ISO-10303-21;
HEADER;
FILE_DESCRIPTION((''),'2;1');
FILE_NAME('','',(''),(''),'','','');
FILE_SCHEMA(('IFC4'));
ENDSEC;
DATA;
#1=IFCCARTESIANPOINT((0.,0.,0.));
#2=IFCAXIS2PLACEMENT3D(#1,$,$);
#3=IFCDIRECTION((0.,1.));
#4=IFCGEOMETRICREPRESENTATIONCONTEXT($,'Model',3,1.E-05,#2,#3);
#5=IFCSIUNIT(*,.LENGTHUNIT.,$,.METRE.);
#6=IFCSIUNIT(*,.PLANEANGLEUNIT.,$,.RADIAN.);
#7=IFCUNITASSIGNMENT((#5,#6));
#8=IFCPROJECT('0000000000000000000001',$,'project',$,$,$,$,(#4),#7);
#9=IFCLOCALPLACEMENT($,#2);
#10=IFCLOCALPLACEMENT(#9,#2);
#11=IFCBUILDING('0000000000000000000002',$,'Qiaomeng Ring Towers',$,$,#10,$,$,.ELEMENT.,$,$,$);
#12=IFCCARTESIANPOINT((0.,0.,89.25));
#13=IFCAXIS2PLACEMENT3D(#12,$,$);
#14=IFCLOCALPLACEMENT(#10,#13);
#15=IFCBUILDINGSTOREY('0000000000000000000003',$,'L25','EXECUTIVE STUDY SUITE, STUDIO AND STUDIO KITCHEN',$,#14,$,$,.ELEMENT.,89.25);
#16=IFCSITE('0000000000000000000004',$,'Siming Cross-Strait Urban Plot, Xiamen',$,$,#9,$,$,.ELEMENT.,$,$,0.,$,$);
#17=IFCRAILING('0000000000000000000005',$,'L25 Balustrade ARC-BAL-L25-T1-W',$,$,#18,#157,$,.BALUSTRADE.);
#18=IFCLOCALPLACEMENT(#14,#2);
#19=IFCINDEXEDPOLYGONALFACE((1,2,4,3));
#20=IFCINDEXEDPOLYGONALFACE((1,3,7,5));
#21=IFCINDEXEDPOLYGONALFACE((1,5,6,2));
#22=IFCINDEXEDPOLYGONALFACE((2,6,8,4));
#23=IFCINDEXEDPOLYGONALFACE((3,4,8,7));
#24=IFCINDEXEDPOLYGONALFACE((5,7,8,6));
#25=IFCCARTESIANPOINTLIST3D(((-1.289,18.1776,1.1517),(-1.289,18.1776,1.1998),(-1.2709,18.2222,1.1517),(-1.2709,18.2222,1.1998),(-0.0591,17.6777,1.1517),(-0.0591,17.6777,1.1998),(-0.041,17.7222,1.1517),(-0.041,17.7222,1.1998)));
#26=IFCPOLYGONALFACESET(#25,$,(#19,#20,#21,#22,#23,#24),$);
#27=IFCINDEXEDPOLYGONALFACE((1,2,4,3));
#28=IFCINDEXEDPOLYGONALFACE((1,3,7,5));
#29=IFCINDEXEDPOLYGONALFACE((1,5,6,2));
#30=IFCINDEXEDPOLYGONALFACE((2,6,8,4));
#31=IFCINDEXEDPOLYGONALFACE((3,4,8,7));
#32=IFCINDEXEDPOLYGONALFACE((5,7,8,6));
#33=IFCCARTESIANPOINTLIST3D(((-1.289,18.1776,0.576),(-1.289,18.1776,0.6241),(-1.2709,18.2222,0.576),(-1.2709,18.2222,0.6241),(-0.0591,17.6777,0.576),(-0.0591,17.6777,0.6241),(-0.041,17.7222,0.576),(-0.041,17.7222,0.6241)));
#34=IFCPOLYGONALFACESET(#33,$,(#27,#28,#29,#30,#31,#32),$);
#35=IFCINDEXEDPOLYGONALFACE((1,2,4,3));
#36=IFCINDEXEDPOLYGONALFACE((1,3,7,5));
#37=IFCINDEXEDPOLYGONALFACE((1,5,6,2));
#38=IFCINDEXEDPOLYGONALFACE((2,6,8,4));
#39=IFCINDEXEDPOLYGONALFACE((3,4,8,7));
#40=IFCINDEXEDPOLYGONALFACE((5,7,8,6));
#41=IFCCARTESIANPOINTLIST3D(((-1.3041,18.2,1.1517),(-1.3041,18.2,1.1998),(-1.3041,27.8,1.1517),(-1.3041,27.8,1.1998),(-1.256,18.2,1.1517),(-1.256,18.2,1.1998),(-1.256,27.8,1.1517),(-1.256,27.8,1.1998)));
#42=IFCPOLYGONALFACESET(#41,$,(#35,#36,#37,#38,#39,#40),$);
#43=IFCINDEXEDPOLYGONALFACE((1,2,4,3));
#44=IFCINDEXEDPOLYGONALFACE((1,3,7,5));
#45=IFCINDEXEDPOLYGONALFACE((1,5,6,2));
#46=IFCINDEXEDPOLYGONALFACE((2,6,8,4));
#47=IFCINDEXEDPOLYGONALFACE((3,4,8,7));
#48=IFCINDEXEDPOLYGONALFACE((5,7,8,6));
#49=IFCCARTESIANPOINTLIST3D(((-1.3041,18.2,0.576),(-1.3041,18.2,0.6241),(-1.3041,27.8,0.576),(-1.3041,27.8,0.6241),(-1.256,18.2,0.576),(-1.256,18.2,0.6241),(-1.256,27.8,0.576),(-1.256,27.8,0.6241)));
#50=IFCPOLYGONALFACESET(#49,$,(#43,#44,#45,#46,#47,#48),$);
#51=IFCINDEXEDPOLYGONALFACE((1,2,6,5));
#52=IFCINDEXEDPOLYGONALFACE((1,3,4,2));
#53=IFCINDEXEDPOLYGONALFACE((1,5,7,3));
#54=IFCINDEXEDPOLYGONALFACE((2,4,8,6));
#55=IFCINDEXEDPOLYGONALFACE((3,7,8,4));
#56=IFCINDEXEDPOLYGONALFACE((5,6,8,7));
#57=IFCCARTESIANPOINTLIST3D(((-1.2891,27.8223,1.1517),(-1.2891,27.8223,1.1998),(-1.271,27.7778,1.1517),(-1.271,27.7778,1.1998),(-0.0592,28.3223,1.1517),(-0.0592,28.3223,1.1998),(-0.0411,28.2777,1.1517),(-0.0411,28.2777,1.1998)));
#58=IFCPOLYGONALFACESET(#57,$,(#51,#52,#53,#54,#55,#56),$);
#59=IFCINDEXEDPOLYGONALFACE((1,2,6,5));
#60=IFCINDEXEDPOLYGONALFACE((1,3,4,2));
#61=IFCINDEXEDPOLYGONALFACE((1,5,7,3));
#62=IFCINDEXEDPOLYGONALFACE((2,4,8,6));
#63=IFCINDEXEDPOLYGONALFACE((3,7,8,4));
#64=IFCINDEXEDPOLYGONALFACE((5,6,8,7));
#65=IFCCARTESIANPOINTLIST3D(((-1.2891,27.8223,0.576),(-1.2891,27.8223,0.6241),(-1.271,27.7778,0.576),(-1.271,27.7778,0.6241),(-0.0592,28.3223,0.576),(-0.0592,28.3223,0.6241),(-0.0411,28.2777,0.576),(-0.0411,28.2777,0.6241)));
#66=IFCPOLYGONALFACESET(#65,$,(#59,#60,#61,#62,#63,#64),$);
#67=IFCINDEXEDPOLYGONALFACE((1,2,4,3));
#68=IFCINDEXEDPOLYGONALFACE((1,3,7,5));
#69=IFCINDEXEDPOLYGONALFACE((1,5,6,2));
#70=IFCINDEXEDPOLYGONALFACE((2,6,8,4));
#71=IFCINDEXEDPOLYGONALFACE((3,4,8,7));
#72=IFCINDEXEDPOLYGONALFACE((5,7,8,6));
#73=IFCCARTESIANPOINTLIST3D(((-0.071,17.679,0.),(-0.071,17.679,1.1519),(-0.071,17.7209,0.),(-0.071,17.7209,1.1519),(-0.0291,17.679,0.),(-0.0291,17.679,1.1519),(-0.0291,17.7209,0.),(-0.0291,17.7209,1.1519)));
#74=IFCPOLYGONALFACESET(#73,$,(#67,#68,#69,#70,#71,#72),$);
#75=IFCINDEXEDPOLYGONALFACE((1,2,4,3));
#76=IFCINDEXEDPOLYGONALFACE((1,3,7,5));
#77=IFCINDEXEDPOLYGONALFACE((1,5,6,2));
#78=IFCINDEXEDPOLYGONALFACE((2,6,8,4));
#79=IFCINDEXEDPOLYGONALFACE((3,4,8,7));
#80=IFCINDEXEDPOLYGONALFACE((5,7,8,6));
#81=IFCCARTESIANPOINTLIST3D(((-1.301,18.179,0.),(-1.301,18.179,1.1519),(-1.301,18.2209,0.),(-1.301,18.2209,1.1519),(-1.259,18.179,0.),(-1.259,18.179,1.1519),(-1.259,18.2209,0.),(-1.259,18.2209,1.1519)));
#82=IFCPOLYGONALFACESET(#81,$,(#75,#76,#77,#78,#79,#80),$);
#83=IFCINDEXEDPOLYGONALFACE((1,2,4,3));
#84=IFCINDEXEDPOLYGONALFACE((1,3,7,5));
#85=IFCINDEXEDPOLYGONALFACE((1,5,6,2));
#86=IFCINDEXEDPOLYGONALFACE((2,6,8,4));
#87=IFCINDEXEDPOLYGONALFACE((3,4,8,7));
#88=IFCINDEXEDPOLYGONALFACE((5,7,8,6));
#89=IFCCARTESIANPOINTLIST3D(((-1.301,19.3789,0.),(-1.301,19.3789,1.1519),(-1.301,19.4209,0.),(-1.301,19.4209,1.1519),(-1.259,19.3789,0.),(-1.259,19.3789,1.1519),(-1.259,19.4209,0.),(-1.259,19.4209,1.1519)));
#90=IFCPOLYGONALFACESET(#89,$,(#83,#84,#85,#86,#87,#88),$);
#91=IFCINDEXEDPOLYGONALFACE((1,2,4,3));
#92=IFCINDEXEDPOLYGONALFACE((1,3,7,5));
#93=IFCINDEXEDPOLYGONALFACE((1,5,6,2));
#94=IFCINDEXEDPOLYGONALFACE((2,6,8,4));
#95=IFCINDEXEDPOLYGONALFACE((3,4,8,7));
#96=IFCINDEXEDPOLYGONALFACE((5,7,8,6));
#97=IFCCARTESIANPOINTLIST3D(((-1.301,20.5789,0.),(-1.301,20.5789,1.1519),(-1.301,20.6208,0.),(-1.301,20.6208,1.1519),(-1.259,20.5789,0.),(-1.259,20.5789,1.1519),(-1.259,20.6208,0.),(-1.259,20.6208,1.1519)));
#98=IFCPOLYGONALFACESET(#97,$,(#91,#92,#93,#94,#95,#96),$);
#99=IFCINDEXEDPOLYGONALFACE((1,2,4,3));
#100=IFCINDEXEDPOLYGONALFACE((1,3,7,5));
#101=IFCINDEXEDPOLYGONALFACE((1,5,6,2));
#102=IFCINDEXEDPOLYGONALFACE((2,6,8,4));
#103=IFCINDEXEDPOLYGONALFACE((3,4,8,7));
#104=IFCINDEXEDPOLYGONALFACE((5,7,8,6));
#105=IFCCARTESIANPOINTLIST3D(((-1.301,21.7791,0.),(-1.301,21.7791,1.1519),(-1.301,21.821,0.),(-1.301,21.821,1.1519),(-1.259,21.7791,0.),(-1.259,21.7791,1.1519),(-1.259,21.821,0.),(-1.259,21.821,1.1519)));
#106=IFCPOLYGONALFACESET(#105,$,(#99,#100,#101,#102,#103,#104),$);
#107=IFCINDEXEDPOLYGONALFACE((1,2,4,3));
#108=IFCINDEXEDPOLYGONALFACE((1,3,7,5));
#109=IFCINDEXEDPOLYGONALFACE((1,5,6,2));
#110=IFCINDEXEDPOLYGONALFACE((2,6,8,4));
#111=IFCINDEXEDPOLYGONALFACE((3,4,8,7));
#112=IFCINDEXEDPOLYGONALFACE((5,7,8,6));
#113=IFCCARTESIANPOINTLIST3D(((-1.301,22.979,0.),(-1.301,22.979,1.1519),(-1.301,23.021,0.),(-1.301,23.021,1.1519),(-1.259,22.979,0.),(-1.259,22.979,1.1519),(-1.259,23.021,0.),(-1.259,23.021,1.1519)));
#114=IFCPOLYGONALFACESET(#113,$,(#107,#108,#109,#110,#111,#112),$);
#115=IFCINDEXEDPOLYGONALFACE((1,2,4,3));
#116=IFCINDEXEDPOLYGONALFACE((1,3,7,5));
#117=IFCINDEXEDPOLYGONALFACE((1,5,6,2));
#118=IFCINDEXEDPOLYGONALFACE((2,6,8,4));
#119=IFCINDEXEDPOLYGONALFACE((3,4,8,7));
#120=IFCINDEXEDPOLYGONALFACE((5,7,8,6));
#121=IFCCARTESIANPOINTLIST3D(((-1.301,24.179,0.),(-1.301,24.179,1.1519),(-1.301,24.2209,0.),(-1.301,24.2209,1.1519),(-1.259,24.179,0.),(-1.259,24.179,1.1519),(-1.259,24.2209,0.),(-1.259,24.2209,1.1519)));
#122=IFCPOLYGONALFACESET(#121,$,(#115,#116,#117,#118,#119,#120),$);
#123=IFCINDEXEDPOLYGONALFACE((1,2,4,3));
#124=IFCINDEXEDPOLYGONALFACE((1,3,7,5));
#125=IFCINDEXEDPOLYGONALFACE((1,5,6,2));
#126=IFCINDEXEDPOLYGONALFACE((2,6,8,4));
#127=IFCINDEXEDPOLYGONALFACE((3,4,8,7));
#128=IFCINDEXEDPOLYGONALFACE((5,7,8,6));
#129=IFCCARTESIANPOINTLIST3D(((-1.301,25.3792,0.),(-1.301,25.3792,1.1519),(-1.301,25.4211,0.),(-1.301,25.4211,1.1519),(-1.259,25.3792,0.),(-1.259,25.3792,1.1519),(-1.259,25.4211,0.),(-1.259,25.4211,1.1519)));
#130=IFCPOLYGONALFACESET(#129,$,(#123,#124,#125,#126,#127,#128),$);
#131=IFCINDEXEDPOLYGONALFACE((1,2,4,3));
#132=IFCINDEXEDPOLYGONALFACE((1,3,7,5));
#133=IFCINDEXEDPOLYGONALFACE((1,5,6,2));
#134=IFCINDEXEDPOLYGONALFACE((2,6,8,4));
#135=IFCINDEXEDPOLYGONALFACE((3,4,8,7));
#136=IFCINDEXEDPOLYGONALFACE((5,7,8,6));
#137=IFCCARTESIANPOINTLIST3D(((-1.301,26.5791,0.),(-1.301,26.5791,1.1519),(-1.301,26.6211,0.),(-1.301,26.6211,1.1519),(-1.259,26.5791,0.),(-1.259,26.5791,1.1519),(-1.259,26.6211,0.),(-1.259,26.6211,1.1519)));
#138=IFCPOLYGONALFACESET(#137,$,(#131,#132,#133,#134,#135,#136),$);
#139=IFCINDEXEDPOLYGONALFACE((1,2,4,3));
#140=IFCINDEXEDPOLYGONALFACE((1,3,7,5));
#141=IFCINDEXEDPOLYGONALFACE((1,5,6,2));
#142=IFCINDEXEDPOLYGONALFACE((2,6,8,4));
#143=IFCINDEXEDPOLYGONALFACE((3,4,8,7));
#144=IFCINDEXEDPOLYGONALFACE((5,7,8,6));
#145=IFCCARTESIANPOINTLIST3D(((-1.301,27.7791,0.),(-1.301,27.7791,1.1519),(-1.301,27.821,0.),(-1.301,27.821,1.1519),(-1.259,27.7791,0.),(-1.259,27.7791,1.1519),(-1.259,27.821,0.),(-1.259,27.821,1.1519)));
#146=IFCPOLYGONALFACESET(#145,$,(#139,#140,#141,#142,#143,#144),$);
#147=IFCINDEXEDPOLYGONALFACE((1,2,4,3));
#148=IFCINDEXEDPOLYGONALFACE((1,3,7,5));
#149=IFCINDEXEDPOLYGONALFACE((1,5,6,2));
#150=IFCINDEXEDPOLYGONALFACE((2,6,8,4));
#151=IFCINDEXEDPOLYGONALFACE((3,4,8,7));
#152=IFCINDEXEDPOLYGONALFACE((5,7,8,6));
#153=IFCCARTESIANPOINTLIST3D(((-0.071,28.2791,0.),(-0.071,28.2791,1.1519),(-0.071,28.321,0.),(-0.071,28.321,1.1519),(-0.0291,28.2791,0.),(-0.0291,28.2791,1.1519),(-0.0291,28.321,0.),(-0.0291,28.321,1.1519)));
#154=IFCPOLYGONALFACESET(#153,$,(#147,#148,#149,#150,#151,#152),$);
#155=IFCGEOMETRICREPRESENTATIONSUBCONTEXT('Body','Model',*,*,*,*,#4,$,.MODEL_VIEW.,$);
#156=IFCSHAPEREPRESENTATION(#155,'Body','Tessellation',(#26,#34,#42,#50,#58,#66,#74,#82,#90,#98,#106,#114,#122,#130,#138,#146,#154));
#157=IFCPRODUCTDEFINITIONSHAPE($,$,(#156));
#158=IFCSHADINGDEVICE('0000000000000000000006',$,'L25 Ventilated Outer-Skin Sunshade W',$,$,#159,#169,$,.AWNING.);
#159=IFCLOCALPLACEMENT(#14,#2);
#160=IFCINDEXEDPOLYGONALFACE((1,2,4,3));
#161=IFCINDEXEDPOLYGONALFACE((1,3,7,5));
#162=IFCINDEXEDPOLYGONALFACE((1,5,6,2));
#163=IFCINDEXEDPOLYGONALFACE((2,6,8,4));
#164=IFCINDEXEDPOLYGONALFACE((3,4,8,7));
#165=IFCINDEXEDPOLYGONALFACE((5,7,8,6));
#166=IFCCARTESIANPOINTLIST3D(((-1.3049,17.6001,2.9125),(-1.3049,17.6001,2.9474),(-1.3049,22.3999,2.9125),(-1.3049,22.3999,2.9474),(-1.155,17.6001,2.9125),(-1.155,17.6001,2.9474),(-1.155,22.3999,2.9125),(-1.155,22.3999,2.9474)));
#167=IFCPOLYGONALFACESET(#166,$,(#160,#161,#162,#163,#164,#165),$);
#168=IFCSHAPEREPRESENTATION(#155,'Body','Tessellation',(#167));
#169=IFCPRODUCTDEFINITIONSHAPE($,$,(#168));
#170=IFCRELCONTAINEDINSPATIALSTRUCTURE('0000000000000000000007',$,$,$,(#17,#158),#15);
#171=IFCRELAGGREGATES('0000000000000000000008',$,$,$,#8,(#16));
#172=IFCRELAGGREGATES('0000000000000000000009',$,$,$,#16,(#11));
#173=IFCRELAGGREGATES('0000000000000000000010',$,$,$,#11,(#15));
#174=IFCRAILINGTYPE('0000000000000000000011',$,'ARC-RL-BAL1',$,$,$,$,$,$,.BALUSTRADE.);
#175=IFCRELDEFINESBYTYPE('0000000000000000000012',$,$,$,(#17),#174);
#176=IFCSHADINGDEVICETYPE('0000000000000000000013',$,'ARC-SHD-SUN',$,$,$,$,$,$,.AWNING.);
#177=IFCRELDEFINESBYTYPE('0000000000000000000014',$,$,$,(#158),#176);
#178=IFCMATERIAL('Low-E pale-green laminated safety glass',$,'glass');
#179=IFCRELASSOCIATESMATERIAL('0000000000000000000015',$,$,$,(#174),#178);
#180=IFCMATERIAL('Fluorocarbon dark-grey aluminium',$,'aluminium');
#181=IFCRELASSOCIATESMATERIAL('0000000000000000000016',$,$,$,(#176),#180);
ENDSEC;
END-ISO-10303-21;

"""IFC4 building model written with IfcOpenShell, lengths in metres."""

from ifc_helpers import new_model, si_unit, direction, frame, origin, origin_2d, place, context, subcontext, project, spatial, rectangle, extrude, source, transform, mapped, material, material_profile, profile_set, type_object, element, save


model = new_model("IFC4")

# Units and contexts
model_context = context("Model", 3, precision=1e-05, world=origin(), true_north=direction((0.0, 1.0)))
body_context = subcontext(model_context, "Body", "Model", "MODEL_VIEW")
ifc_project = project(units=[si_unit("LENGTHUNIT", "METRE"), si_unit("PLANEANGLEUNIT", "RADIAN")], contexts=[model_context])

# Site, building, storey
site_placement = place(None, origin())
site = spatial("IfcSite", under=ifc_project, at=site_placement, Name="Siming Cross-Strait Urban Plot, Xiamen", CompositionType="ELEMENT", RefElevation=0.0)
building_placement = place(site_placement, origin())
building = spatial("IfcBuilding", under=site, at=building_placement, Name="Qiaomeng Ring Towers", CompositionType="ELEMENT")
storey_placement = place(building_placement, frame((0.0, 0.0, 89.25)))
storey = spatial("IfcBuildingStorey", under=building, at=storey_placement, Name="L25", Description="EXECUTIVE STUDY SUITE, STUDIO AND STUDIO KITCHEN", CompositionType="ELEMENT", Elevation=89.25)

# Shared definitions
ifc_material_1 = material(Name="Fluorocarbon dark-grey aluminium", Category="aluminium")

# Railing
ifc_material_2 = material(Name="Low-E pale-green laminated safety glass", Category="glass")
railing_type = type_object("IfcRailingType", Name="ARC-RL-BAL1", PredefinedType="BALUSTRADE", material=ifc_material_2)
railing_1_placement = place(storey_placement, frame((-0.05, 17.7, 0.0)))
element("IfcRailing", 1, at=railing_1_placement, inside=storey, type_object=railing_type, Name="L25 Balustrade ARC-BAL-L25-T1-W", PredefinedType="BALUSTRADE", context=body_context, shape_type="SweptSolid", body=[
    extrude(rectangle(XDim=0.0481, YDim=0.0481, at=origin_2d()), frame((0.0, 0.0, 1.1758), z_axis=(-0.926382, 0.376584, 0.0), x_axis=(-0.376584, -0.926382, 0.0)), (0.0, 0.0, 1.0), 1.3276),
    extrude(rectangle(XDim=0.0481, YDim=0.0481, at=origin_2d()), frame((0.0, 0.0, 0.6001), z_axis=(-0.926382, 0.376584, 0.0), x_axis=(-0.376584, -0.926382, 0.0)), (0.0, 0.0, 1.0), 1.3276),
    extrude(rectangle(XDim=0.0481, YDim=0.0481, at=origin_2d()), frame((-1.23, 0.5, 1.1758), z_axis=(0.0, 1.0, 0.0), x_axis=(-1.0, 0.0, 0.0)), (0.0, 0.0, 1.0), 9.6001),
    extrude(rectangle(XDim=0.0481, YDim=0.0481, at=origin_2d()), frame((-1.23, 0.5, 0.6001), z_axis=(0.0, 1.0, 0.0), x_axis=(-1.0, 0.0, 0.0)), (0.0, 0.0, 1.0), 9.6001),
    extrude(rectangle(XDim=0.0481, YDim=0.0481, at=origin_2d()), frame((-1.23, 10.1001, 1.1758), z_axis=(0.926382, 0.376584, 0.0), x_axis=(-0.376584, 0.926382, 0.0)), (0.0, 0.0, 1.0), 1.3276),
    extrude(rectangle(XDim=0.0481, YDim=0.0481, at=origin_2d()), frame((-1.23, 10.1001, 0.6001), z_axis=(0.926382, 0.376584, 0.0), x_axis=(-0.376584, 0.926382, 0.0)), (0.0, 0.0, 1.0), 1.3276),
    extrude(rectangle(XDim=0.042, YDim=0.042, at=origin_2d()), origin(), (0.0, 0.0, 1.0), 1.1519),
    extrude(rectangle(XDim=0.042, YDim=0.042, at=origin_2d()), frame((-1.23, 0.5, 0.0)), (0.0, 0.0, 1.0), 1.1519),
    extrude(rectangle(XDim=0.042, YDim=0.042, at=origin_2d()), frame((-1.23, 1.7, 0.0)), (0.0, 0.0, 1.0), 1.1519),
    extrude(rectangle(XDim=0.042, YDim=0.042, at=origin_2d()), frame((-1.23, 2.8999, 0.0)), (0.0, 0.0, 1.0), 1.1519),
    extrude(rectangle(XDim=0.042, YDim=0.042, at=origin_2d()), frame((-1.23, 4.1001, 0.0)), (0.0, 0.0, 1.0), 1.1519),
    extrude(rectangle(XDim=0.042, YDim=0.042, at=origin_2d()), frame((-1.23, 5.3, 0.0)), (0.0, 0.0, 1.0), 1.1519),
    extrude(rectangle(XDim=0.042, YDim=0.042, at=origin_2d()), frame((-1.23, 6.5, 0.0)), (0.0, 0.0, 1.0), 1.1519),
    extrude(rectangle(XDim=0.042, YDim=0.042, at=origin_2d()), frame((-1.23, 7.7002, 0.0)), (0.0, 0.0, 1.0), 1.1519),
    extrude(rectangle(XDim=0.042, YDim=0.042, at=origin_2d()), frame((-1.23, 8.9001, 0.0)), (0.0, 0.0, 1.0), 1.1519),
    extrude(rectangle(XDim=0.042, YDim=0.042, at=origin_2d()), frame((-1.23, 10.1001, 0.0)), (0.0, 0.0, 1.0), 1.1519),
    extrude(rectangle(XDim=0.042, YDim=0.042, at=origin_2d()), frame((0.0, 10.6001, 0.0)), (0.0, 0.0, 1.0), 1.1519),
])

# Shading device
ifc_material_profile_1 = material_profile(ifc_material_1, rectangle(XDim=0.1499, YDim=0.0349, at=origin_2d()), Name="LV BLADE 150x35")
ifc_profile_set_1 = profile_set([ifc_material_profile_1], Name="Fluorocarbon dark-grey aluminium")
shading_device_type = type_object("IfcShadingDeviceType", Name="ARC-SHD-SUN", PredefinedType="AWNING", material=ifc_profile_set_1)
shared_shape_1 = source(origin(), body_context, "Body", "SweptSolid", [
    extrude(rectangle(XDim=0.1499, YDim=0.0349, at=origin_2d()), origin(), (0.0, 0.0, 1.0), 4.7998),
])
shading_device_placement = place(storey_placement, frame((-1.23, 17.6001, 2.9299), z_axis=(0.0, 1.0, 0.0), x_axis=(-1.0, 0.0, 0.0)))
element("IfcShadingDevice", 2, at=shading_device_placement, inside=storey, type_object=shading_device_type, Name="L25 Ventilated Outer-Skin Sunshade W", PredefinedType="AWNING", context=body_context, shape_type="MappedRepresentation", body=[
    mapped(shared_shape_1, transform((0.0, 0.0, 0.0), x_axis=(1.0, 0.0, 0.0), y_axis=(0.0, 1.0, 0.0), z_axis=(0.0, 0.0, 1.0), scale=1.0)),
])

save(model, "model.ifc")
